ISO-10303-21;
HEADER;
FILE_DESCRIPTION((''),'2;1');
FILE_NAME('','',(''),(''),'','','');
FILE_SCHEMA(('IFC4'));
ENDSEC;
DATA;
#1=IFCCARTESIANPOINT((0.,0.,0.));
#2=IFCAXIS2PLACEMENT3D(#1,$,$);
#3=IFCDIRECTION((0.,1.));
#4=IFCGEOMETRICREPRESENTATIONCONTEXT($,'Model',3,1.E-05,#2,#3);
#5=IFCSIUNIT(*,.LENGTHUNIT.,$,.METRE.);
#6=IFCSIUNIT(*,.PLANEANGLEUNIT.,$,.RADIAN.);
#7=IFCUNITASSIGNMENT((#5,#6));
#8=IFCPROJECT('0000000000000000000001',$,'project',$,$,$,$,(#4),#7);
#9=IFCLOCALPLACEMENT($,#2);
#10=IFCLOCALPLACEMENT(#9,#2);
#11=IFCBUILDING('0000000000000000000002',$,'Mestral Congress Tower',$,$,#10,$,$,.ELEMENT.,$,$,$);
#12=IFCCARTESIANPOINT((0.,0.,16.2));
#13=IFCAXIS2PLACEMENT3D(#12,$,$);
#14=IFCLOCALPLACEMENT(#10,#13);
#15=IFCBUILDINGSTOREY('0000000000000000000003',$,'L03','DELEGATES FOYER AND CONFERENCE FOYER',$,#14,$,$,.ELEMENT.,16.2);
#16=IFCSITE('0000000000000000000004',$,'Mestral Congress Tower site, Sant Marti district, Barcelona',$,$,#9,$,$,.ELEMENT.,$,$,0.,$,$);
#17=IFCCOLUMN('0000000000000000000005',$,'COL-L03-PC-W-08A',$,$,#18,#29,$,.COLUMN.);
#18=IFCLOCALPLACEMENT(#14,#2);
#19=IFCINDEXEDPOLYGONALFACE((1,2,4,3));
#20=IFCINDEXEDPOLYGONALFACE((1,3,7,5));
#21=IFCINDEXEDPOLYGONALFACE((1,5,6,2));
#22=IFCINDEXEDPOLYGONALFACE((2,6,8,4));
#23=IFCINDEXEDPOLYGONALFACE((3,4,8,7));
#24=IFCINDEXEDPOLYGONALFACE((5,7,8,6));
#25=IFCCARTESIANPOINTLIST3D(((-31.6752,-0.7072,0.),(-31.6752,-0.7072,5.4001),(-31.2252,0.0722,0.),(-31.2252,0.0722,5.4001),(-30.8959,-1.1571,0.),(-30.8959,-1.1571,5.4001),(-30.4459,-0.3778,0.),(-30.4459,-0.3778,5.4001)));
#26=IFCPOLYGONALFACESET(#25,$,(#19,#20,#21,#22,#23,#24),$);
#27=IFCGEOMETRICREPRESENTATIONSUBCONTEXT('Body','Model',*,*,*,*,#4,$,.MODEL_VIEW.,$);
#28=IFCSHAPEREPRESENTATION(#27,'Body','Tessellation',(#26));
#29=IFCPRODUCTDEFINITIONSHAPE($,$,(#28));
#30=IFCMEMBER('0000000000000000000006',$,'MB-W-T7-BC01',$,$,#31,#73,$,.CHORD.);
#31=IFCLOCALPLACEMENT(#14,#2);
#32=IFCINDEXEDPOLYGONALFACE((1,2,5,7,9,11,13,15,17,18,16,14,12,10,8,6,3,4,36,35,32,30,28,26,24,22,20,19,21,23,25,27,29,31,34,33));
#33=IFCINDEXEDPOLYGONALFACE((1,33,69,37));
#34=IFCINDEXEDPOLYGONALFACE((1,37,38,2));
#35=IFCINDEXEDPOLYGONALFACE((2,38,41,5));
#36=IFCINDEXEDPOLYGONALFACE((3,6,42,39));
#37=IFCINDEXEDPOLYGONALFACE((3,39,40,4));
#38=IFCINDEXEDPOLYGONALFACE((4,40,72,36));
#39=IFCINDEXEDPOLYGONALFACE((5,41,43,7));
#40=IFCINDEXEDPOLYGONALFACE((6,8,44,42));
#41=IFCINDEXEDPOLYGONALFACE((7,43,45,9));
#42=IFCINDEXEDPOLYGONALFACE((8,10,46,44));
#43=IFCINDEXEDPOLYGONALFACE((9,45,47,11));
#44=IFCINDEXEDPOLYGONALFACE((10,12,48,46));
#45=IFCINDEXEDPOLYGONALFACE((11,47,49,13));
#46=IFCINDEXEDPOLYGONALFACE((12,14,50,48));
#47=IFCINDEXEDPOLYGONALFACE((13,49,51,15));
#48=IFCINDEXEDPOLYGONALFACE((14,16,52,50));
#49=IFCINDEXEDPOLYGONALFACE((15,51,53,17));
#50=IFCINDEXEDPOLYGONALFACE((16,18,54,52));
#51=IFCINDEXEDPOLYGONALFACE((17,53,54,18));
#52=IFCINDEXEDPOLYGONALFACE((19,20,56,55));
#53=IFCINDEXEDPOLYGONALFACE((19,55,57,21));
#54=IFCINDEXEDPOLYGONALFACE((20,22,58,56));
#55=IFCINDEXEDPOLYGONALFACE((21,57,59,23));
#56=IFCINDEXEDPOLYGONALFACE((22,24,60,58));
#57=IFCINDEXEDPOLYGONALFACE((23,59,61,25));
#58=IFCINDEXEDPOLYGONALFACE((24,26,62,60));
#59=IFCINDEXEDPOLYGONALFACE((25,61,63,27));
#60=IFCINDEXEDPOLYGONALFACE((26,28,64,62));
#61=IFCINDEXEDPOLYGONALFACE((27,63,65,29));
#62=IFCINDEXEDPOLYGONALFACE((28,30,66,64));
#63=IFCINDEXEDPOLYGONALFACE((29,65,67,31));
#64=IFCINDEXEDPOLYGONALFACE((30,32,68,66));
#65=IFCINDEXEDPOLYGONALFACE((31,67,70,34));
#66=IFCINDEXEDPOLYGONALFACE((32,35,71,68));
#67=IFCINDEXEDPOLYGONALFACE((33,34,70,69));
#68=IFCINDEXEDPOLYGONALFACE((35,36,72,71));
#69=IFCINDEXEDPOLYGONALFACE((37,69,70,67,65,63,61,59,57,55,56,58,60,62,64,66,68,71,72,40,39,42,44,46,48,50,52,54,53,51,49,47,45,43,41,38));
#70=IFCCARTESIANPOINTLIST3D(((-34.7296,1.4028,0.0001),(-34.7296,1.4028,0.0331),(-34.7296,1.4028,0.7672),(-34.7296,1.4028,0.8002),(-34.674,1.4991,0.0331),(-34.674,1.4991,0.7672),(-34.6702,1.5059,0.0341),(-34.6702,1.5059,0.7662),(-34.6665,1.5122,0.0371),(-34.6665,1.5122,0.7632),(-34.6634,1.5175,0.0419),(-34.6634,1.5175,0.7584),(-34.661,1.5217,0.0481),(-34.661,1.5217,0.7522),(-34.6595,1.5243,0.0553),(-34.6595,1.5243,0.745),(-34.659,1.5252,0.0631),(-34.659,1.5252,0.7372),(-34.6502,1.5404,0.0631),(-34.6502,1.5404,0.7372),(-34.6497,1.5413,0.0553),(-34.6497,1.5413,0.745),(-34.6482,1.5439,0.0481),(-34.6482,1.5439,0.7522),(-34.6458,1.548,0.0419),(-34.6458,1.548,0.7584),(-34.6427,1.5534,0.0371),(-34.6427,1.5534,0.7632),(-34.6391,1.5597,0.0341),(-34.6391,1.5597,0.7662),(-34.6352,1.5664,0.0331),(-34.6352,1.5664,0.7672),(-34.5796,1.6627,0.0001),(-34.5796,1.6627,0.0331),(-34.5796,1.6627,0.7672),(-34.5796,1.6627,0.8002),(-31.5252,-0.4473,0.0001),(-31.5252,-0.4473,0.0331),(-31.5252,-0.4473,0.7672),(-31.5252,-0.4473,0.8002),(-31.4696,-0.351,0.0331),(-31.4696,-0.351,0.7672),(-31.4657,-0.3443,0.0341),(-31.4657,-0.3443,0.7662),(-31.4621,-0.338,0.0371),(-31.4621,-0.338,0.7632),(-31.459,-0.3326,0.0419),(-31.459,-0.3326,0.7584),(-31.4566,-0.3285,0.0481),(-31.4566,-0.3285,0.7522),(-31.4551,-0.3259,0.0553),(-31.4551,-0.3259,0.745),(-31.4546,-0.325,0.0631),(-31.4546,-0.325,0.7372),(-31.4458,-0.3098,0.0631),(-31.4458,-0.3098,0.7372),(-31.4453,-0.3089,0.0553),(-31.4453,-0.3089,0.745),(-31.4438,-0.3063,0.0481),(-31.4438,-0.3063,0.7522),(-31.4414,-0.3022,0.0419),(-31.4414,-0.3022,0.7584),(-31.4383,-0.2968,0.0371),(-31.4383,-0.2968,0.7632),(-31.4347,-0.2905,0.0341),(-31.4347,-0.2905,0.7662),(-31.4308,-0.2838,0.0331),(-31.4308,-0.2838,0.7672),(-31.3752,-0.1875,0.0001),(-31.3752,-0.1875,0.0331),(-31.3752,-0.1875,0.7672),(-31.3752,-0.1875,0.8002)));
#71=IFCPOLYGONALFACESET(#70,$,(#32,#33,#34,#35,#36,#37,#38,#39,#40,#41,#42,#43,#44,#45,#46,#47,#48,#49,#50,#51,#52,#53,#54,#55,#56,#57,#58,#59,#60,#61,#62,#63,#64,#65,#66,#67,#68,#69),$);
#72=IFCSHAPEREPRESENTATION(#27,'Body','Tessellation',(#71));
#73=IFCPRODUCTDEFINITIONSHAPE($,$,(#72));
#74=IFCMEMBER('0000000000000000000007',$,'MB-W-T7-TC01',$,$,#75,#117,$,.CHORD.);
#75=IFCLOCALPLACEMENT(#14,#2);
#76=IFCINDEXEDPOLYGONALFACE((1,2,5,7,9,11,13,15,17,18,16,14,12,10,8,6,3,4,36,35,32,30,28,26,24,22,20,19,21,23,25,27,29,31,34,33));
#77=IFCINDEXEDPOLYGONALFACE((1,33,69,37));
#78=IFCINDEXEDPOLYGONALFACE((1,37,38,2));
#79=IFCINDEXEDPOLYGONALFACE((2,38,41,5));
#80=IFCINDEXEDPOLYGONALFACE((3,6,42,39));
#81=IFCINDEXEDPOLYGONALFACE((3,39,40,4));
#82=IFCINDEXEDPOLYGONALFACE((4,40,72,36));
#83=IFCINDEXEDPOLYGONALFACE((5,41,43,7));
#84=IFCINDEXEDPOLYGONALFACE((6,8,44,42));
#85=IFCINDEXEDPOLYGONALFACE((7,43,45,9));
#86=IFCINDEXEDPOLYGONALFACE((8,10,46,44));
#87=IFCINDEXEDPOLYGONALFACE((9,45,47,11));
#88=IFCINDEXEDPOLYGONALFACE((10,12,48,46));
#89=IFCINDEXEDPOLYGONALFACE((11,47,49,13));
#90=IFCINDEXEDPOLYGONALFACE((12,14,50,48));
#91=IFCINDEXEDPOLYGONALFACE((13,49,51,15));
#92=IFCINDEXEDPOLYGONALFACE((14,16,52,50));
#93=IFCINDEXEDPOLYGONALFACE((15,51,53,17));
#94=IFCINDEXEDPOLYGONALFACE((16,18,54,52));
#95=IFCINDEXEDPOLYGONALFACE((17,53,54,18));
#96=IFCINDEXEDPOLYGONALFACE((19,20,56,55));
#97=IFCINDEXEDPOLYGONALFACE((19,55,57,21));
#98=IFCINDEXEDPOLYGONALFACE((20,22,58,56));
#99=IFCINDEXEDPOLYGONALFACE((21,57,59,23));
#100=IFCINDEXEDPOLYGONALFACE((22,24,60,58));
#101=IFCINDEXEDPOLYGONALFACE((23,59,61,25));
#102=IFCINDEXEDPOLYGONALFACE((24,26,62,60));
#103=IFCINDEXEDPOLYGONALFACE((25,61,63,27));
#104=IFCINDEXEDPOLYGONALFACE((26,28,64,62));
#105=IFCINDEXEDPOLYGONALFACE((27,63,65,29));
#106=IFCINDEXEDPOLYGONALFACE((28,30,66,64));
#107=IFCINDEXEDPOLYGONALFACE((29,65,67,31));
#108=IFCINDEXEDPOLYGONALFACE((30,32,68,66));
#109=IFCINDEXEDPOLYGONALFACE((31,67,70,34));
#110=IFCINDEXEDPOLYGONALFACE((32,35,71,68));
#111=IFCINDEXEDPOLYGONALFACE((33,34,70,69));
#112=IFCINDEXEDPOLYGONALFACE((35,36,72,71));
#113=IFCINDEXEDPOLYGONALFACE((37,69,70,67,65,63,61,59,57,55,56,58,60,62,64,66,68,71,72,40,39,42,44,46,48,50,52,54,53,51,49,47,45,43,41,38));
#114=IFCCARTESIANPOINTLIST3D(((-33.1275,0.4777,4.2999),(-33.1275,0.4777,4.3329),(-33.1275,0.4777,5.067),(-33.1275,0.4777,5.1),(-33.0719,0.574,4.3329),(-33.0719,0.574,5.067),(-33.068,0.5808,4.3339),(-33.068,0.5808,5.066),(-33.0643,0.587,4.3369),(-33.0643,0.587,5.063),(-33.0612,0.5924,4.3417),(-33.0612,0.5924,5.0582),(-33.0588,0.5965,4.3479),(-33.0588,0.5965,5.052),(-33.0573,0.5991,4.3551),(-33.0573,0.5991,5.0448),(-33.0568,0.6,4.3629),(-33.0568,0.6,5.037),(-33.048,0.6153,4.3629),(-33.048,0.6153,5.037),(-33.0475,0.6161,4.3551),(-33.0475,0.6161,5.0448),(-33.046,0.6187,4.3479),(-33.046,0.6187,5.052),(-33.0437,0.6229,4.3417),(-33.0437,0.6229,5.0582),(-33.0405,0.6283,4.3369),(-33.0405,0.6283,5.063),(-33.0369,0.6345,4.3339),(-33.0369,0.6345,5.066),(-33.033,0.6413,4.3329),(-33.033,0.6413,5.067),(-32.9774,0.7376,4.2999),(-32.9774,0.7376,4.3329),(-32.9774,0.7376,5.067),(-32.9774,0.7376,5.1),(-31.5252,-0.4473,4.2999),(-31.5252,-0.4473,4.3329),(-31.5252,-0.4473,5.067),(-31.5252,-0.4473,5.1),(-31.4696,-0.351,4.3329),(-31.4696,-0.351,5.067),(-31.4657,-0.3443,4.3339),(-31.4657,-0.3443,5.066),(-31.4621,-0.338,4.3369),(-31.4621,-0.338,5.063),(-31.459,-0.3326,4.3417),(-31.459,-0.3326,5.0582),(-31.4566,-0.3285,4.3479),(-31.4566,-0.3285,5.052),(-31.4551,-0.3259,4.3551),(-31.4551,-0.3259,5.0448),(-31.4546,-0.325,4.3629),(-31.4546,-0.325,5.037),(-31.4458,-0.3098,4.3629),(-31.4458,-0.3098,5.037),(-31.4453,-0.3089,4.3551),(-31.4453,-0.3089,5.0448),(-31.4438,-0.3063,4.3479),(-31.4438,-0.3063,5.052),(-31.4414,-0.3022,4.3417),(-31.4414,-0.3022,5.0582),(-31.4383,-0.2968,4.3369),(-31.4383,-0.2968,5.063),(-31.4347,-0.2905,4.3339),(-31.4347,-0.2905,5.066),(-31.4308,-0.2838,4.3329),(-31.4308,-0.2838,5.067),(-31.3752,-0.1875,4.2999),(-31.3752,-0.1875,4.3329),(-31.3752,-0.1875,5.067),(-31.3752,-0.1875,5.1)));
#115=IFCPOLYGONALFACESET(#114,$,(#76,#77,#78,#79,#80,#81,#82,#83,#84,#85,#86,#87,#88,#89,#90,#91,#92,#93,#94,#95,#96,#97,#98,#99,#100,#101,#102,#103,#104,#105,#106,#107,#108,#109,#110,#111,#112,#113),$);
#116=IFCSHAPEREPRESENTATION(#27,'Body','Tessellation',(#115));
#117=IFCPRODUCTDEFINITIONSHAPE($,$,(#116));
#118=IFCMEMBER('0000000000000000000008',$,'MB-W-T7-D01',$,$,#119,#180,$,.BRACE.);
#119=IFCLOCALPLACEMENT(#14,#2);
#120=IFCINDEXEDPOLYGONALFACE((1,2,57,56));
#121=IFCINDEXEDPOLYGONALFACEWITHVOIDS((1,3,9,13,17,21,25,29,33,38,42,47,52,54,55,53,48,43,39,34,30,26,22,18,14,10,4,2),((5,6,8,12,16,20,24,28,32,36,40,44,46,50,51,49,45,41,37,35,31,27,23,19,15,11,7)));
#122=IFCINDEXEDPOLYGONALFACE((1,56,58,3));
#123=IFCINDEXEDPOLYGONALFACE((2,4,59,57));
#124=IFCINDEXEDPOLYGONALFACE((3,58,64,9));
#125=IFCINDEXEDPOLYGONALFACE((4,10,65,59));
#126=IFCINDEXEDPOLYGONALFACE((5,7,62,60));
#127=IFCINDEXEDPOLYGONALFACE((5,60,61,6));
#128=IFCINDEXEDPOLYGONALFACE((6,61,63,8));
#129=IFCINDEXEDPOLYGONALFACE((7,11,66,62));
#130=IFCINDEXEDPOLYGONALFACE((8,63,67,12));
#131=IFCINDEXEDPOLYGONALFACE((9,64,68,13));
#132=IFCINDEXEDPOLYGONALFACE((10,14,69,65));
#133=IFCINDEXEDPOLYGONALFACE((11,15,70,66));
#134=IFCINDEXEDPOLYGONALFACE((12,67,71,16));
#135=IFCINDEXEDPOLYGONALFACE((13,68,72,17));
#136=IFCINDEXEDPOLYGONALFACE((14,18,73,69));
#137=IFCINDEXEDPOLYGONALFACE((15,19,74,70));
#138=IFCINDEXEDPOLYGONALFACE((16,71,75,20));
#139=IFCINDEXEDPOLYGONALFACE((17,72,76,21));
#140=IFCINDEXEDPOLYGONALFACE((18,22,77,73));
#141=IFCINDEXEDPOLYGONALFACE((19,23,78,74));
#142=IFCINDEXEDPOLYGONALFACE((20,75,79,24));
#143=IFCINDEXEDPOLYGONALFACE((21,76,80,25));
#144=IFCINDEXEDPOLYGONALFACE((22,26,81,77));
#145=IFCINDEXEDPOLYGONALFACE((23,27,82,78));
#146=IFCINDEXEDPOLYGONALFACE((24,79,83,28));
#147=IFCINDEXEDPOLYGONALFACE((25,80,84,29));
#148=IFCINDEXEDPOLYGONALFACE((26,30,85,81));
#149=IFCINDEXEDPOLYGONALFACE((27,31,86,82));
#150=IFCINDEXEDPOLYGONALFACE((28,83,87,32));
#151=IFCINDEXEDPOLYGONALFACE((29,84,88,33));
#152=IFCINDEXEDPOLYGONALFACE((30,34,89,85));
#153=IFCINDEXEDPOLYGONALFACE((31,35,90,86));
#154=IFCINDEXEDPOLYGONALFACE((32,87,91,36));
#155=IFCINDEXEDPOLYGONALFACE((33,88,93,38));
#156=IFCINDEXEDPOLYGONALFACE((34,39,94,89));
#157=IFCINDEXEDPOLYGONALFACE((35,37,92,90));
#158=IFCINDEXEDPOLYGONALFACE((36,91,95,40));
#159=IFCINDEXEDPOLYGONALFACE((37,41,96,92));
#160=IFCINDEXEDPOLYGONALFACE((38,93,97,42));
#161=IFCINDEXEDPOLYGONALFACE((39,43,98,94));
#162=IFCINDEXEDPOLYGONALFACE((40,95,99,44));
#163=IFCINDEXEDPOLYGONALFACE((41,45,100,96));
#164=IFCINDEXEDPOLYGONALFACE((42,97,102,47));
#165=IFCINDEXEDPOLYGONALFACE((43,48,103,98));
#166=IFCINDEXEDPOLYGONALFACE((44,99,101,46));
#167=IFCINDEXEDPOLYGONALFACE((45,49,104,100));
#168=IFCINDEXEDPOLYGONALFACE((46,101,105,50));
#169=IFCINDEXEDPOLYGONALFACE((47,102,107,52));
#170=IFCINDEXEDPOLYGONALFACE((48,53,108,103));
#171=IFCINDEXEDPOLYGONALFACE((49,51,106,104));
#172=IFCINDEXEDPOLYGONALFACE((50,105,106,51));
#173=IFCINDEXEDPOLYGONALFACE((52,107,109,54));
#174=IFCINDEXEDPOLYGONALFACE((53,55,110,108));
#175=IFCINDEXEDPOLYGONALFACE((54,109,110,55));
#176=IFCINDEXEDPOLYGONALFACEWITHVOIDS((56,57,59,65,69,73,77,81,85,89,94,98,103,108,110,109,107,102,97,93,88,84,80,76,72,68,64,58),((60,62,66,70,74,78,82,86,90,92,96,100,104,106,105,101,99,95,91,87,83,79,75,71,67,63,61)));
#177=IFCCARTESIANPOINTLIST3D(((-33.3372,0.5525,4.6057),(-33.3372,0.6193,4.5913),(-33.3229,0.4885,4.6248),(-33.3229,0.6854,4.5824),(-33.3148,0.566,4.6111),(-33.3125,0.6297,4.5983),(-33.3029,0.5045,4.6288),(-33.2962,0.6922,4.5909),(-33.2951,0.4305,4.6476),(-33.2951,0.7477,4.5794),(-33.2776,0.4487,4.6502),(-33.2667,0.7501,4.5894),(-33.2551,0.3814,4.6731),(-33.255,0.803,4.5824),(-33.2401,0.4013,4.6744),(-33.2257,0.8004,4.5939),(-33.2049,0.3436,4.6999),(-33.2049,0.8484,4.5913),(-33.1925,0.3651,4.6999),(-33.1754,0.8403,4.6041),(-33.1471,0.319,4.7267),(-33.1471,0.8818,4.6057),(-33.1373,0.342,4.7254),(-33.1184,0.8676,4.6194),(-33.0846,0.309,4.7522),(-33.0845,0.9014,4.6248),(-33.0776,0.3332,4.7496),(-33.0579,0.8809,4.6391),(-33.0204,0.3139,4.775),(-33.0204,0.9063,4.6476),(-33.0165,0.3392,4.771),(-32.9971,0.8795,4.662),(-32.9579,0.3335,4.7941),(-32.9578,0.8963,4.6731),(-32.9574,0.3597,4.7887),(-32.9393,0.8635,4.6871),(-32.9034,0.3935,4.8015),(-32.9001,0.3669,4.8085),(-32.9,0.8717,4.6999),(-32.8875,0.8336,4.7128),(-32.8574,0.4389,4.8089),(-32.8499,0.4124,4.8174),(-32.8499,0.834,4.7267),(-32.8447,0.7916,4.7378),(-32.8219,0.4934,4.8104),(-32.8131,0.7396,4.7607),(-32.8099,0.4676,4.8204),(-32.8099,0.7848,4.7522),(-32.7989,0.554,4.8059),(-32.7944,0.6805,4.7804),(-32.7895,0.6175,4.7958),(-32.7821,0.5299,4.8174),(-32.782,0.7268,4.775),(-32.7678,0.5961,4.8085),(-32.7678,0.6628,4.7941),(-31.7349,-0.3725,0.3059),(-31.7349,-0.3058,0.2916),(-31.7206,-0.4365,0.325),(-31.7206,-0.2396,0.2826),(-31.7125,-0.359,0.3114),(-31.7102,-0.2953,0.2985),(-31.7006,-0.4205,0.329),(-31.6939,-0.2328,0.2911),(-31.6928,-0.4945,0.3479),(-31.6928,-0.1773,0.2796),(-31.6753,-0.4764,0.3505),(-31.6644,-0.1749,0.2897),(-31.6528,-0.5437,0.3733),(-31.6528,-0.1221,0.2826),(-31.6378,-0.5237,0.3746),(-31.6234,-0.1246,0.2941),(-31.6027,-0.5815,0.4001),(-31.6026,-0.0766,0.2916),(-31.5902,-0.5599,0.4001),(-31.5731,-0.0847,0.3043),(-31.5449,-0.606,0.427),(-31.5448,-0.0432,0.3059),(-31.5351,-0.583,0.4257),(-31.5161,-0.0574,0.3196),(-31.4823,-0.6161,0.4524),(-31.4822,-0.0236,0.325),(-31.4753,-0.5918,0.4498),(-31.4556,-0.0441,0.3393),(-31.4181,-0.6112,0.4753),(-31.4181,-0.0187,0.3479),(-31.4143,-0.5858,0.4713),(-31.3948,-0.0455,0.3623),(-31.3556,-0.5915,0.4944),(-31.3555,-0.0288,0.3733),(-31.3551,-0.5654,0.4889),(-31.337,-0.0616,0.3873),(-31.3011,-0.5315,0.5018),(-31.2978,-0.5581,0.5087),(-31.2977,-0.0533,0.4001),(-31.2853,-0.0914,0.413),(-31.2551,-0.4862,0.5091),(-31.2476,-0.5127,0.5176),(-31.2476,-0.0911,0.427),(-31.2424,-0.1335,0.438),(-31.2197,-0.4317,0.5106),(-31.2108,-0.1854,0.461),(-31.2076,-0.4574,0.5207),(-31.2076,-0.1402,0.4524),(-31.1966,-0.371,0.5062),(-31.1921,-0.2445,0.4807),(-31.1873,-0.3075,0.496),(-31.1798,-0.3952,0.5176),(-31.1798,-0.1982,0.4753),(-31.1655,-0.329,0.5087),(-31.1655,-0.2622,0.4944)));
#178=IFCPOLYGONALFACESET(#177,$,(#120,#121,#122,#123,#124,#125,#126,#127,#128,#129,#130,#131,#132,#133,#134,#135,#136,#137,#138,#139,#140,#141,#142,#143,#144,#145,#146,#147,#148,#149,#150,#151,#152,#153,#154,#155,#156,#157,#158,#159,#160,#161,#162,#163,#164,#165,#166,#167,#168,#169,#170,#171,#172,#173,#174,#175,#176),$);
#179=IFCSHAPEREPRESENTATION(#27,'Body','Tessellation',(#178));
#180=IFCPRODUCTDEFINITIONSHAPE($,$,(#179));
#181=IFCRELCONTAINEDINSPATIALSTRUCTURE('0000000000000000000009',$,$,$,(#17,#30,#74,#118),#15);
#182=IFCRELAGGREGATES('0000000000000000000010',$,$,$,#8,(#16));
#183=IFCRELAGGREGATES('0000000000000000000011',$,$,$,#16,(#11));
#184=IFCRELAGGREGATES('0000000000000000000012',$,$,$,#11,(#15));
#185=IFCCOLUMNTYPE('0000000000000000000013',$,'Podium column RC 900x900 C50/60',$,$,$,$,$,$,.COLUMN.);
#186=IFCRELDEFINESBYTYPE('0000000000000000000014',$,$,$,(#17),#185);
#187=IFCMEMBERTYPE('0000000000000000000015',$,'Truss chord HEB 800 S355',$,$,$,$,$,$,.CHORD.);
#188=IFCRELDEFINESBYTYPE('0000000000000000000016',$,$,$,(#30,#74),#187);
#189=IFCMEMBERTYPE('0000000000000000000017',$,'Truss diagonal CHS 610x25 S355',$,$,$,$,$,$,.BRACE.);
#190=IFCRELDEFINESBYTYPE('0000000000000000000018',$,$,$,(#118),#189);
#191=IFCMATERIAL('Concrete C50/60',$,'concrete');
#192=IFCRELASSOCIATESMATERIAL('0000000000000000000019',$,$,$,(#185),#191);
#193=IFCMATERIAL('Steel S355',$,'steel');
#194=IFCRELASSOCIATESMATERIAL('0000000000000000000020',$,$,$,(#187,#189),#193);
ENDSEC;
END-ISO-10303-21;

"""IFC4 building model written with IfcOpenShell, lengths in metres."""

from ifc_helpers import new_model, si_unit, direction, frame, origin, origin_2d, place, context, subcontext, project, spatial, rectangle, hollow_circle, i_section, extrude, material, material_profile, profile_set, type_object, element, save


model = new_model("IFC4")

# Units and contexts
model_context = context("Model", 3, precision=1e-05, world=origin(), true_north=direction((0.0, 1.0)))
body_context = subcontext(model_context, "Body", "Model", "MODEL_VIEW")
ifc_project = project(units=[si_unit("LENGTHUNIT", "METRE"), si_unit("PLANEANGLEUNIT", "RADIAN")], contexts=[model_context])

# Site, building, storey
site_placement = place(None, origin())
site = spatial("IfcSite", under=ifc_project, at=site_placement, Name="Mestral Congress Tower site, Sant Marti district, Barcelona", CompositionType="ELEMENT", RefElevation=0.0)
building_placement = place(site_placement, origin())
building = spatial("IfcBuilding", under=site, at=building_placement, Name="Mestral Congress Tower", CompositionType="ELEMENT")
storey_placement = place(building_placement, frame((0.0, 0.0, 16.2)))
storey = spatial("IfcBuildingStorey", under=building, at=storey_placement, Name="L03", Description="DELEGATES FOYER AND CONFERENCE FOYER", CompositionType="ELEMENT", Elevation=16.2)

# Column
ifc_material_1 = material(Name="Concrete C50/60", Category="concrete")
ifc_material_profile_1 = material_profile(ifc_material_1, rectangle(XDim=0.8999, YDim=0.8999, at=origin_2d()), Name="RC 900x900")
ifc_profile_set_1 = profile_set([ifc_material_profile_1], Name="Concrete C50/60")
column_type = type_object("IfcColumnType", Name="Podium column RC 900x900 C50/60", PredefinedType="COLUMN", material=ifc_profile_set_1)
column_placement = place(storey_placement, frame((-31.0605, -0.5425, 0.0), z_axis=(0.0, 0.0, 1.0), x_axis=(-0.5, -0.866025, 0.0)))
element("IfcColumn", 1, at=column_placement, inside=storey, type_object=column_type, Name="COL-L03-PC-W-08A", PredefinedType="COLUMN", context=body_context, shape_type="SweptSolid", body=[
    extrude(rectangle(XDim=0.8999, YDim=0.8999, at=origin_2d()), origin(), (0.0, 0.0, 1.0), 5.4001),
])

# Members
ifc_material_2 = material(Name="Steel S355", Category="steel")
ifc_material_profile_2 = material_profile(ifc_material_2, i_section(OverallWidth=0.3, OverallDepth=0.8, WebThickness=0.0176, FlangeThickness=0.033, FilletRadius=0.03, at=origin_2d()), Name="HEB 800")
ifc_profile_set_2 = profile_set([ifc_material_profile_2], Name="Steel S355")
member_type_1 = type_object("IfcMemberType", Name="Truss chord HEB 800 S355", PredefinedType="CHORD", material=ifc_profile_set_2)
member_1_placement = place(storey_placement, frame((-31.4502, -0.3174, 0.4001), z_axis=(-0.866017, 0.500014, 0.0), x_axis=(-0.500014, -0.866017, 0.0)))
element("IfcMember", 2, at=member_1_placement, inside=storey, type_object=member_type_1, Name="MB-W-T7-BC01", PredefinedType="CHORD", context=body_context, shape_type="SweptSolid", body=[
    extrude(i_section(OverallWidth=0.3, OverallDepth=0.8, WebThickness=0.0176, FlangeThickness=0.033, FilletRadius=0.03, at=origin_2d()), origin(), (0.0, 0.0, 1.0), 3.7002),
])
member_2_placement = place(storey_placement, frame((-31.4502, -0.3174, 4.7), z_axis=(-0.866034, 0.499985, 0.0), x_axis=(-0.499985, -0.866034, 0.0)))
element("IfcMember", 3, at=member_2_placement, inside=storey, type_object=member_type_1, Name="MB-W-T7-TC01", PredefinedType="CHORD", context=body_context, shape_type="SweptSolid", body=[
    extrude(i_section(OverallWidth=0.3, OverallDepth=0.8, WebThickness=0.0176, FlangeThickness=0.033, FilletRadius=0.03, at=origin_2d()), origin(), (0.0, 0.0, 1.0), 1.8501),
])
ifc_material_profile_3 = material_profile(ifc_material_2, hollow_circle(Radius=0.3049, WallThickness=0.0249, at=origin_2d()), Name="CHS 610x25")
ifc_profile_set_3 = profile_set([ifc_material_profile_3], Name="Steel S355")
member_type_2 = type_object("IfcMemberType", Name="Truss diagonal CHS 610x25 S355", PredefinedType="BRACE", material=ifc_profile_set_3)
for number, where, z_axis, x_axis, name in (
    (4, (-31.4502, -0.3174, 0.4001), (-0.342301, 0.197619, 0.918573), (-0.499985, -0.866034, 0.0), "MB-W-T7-D01"),
):
    element("IfcMember", number, at=place(storey_placement, frame(where, z_axis=z_axis, x_axis=x_axis)), inside=storey, type_object=member_type_2, Name=name, PredefinedType="BRACE", context=body_context, shape_type="SweptSolid", body=[
        extrude(hollow_circle(Radius=0.3049, WallThickness=0.0249, at=origin_2d()), origin(), (0.0, 0.0, 1.0), 4.6809),
    ])

save(model, "model.ifc")
